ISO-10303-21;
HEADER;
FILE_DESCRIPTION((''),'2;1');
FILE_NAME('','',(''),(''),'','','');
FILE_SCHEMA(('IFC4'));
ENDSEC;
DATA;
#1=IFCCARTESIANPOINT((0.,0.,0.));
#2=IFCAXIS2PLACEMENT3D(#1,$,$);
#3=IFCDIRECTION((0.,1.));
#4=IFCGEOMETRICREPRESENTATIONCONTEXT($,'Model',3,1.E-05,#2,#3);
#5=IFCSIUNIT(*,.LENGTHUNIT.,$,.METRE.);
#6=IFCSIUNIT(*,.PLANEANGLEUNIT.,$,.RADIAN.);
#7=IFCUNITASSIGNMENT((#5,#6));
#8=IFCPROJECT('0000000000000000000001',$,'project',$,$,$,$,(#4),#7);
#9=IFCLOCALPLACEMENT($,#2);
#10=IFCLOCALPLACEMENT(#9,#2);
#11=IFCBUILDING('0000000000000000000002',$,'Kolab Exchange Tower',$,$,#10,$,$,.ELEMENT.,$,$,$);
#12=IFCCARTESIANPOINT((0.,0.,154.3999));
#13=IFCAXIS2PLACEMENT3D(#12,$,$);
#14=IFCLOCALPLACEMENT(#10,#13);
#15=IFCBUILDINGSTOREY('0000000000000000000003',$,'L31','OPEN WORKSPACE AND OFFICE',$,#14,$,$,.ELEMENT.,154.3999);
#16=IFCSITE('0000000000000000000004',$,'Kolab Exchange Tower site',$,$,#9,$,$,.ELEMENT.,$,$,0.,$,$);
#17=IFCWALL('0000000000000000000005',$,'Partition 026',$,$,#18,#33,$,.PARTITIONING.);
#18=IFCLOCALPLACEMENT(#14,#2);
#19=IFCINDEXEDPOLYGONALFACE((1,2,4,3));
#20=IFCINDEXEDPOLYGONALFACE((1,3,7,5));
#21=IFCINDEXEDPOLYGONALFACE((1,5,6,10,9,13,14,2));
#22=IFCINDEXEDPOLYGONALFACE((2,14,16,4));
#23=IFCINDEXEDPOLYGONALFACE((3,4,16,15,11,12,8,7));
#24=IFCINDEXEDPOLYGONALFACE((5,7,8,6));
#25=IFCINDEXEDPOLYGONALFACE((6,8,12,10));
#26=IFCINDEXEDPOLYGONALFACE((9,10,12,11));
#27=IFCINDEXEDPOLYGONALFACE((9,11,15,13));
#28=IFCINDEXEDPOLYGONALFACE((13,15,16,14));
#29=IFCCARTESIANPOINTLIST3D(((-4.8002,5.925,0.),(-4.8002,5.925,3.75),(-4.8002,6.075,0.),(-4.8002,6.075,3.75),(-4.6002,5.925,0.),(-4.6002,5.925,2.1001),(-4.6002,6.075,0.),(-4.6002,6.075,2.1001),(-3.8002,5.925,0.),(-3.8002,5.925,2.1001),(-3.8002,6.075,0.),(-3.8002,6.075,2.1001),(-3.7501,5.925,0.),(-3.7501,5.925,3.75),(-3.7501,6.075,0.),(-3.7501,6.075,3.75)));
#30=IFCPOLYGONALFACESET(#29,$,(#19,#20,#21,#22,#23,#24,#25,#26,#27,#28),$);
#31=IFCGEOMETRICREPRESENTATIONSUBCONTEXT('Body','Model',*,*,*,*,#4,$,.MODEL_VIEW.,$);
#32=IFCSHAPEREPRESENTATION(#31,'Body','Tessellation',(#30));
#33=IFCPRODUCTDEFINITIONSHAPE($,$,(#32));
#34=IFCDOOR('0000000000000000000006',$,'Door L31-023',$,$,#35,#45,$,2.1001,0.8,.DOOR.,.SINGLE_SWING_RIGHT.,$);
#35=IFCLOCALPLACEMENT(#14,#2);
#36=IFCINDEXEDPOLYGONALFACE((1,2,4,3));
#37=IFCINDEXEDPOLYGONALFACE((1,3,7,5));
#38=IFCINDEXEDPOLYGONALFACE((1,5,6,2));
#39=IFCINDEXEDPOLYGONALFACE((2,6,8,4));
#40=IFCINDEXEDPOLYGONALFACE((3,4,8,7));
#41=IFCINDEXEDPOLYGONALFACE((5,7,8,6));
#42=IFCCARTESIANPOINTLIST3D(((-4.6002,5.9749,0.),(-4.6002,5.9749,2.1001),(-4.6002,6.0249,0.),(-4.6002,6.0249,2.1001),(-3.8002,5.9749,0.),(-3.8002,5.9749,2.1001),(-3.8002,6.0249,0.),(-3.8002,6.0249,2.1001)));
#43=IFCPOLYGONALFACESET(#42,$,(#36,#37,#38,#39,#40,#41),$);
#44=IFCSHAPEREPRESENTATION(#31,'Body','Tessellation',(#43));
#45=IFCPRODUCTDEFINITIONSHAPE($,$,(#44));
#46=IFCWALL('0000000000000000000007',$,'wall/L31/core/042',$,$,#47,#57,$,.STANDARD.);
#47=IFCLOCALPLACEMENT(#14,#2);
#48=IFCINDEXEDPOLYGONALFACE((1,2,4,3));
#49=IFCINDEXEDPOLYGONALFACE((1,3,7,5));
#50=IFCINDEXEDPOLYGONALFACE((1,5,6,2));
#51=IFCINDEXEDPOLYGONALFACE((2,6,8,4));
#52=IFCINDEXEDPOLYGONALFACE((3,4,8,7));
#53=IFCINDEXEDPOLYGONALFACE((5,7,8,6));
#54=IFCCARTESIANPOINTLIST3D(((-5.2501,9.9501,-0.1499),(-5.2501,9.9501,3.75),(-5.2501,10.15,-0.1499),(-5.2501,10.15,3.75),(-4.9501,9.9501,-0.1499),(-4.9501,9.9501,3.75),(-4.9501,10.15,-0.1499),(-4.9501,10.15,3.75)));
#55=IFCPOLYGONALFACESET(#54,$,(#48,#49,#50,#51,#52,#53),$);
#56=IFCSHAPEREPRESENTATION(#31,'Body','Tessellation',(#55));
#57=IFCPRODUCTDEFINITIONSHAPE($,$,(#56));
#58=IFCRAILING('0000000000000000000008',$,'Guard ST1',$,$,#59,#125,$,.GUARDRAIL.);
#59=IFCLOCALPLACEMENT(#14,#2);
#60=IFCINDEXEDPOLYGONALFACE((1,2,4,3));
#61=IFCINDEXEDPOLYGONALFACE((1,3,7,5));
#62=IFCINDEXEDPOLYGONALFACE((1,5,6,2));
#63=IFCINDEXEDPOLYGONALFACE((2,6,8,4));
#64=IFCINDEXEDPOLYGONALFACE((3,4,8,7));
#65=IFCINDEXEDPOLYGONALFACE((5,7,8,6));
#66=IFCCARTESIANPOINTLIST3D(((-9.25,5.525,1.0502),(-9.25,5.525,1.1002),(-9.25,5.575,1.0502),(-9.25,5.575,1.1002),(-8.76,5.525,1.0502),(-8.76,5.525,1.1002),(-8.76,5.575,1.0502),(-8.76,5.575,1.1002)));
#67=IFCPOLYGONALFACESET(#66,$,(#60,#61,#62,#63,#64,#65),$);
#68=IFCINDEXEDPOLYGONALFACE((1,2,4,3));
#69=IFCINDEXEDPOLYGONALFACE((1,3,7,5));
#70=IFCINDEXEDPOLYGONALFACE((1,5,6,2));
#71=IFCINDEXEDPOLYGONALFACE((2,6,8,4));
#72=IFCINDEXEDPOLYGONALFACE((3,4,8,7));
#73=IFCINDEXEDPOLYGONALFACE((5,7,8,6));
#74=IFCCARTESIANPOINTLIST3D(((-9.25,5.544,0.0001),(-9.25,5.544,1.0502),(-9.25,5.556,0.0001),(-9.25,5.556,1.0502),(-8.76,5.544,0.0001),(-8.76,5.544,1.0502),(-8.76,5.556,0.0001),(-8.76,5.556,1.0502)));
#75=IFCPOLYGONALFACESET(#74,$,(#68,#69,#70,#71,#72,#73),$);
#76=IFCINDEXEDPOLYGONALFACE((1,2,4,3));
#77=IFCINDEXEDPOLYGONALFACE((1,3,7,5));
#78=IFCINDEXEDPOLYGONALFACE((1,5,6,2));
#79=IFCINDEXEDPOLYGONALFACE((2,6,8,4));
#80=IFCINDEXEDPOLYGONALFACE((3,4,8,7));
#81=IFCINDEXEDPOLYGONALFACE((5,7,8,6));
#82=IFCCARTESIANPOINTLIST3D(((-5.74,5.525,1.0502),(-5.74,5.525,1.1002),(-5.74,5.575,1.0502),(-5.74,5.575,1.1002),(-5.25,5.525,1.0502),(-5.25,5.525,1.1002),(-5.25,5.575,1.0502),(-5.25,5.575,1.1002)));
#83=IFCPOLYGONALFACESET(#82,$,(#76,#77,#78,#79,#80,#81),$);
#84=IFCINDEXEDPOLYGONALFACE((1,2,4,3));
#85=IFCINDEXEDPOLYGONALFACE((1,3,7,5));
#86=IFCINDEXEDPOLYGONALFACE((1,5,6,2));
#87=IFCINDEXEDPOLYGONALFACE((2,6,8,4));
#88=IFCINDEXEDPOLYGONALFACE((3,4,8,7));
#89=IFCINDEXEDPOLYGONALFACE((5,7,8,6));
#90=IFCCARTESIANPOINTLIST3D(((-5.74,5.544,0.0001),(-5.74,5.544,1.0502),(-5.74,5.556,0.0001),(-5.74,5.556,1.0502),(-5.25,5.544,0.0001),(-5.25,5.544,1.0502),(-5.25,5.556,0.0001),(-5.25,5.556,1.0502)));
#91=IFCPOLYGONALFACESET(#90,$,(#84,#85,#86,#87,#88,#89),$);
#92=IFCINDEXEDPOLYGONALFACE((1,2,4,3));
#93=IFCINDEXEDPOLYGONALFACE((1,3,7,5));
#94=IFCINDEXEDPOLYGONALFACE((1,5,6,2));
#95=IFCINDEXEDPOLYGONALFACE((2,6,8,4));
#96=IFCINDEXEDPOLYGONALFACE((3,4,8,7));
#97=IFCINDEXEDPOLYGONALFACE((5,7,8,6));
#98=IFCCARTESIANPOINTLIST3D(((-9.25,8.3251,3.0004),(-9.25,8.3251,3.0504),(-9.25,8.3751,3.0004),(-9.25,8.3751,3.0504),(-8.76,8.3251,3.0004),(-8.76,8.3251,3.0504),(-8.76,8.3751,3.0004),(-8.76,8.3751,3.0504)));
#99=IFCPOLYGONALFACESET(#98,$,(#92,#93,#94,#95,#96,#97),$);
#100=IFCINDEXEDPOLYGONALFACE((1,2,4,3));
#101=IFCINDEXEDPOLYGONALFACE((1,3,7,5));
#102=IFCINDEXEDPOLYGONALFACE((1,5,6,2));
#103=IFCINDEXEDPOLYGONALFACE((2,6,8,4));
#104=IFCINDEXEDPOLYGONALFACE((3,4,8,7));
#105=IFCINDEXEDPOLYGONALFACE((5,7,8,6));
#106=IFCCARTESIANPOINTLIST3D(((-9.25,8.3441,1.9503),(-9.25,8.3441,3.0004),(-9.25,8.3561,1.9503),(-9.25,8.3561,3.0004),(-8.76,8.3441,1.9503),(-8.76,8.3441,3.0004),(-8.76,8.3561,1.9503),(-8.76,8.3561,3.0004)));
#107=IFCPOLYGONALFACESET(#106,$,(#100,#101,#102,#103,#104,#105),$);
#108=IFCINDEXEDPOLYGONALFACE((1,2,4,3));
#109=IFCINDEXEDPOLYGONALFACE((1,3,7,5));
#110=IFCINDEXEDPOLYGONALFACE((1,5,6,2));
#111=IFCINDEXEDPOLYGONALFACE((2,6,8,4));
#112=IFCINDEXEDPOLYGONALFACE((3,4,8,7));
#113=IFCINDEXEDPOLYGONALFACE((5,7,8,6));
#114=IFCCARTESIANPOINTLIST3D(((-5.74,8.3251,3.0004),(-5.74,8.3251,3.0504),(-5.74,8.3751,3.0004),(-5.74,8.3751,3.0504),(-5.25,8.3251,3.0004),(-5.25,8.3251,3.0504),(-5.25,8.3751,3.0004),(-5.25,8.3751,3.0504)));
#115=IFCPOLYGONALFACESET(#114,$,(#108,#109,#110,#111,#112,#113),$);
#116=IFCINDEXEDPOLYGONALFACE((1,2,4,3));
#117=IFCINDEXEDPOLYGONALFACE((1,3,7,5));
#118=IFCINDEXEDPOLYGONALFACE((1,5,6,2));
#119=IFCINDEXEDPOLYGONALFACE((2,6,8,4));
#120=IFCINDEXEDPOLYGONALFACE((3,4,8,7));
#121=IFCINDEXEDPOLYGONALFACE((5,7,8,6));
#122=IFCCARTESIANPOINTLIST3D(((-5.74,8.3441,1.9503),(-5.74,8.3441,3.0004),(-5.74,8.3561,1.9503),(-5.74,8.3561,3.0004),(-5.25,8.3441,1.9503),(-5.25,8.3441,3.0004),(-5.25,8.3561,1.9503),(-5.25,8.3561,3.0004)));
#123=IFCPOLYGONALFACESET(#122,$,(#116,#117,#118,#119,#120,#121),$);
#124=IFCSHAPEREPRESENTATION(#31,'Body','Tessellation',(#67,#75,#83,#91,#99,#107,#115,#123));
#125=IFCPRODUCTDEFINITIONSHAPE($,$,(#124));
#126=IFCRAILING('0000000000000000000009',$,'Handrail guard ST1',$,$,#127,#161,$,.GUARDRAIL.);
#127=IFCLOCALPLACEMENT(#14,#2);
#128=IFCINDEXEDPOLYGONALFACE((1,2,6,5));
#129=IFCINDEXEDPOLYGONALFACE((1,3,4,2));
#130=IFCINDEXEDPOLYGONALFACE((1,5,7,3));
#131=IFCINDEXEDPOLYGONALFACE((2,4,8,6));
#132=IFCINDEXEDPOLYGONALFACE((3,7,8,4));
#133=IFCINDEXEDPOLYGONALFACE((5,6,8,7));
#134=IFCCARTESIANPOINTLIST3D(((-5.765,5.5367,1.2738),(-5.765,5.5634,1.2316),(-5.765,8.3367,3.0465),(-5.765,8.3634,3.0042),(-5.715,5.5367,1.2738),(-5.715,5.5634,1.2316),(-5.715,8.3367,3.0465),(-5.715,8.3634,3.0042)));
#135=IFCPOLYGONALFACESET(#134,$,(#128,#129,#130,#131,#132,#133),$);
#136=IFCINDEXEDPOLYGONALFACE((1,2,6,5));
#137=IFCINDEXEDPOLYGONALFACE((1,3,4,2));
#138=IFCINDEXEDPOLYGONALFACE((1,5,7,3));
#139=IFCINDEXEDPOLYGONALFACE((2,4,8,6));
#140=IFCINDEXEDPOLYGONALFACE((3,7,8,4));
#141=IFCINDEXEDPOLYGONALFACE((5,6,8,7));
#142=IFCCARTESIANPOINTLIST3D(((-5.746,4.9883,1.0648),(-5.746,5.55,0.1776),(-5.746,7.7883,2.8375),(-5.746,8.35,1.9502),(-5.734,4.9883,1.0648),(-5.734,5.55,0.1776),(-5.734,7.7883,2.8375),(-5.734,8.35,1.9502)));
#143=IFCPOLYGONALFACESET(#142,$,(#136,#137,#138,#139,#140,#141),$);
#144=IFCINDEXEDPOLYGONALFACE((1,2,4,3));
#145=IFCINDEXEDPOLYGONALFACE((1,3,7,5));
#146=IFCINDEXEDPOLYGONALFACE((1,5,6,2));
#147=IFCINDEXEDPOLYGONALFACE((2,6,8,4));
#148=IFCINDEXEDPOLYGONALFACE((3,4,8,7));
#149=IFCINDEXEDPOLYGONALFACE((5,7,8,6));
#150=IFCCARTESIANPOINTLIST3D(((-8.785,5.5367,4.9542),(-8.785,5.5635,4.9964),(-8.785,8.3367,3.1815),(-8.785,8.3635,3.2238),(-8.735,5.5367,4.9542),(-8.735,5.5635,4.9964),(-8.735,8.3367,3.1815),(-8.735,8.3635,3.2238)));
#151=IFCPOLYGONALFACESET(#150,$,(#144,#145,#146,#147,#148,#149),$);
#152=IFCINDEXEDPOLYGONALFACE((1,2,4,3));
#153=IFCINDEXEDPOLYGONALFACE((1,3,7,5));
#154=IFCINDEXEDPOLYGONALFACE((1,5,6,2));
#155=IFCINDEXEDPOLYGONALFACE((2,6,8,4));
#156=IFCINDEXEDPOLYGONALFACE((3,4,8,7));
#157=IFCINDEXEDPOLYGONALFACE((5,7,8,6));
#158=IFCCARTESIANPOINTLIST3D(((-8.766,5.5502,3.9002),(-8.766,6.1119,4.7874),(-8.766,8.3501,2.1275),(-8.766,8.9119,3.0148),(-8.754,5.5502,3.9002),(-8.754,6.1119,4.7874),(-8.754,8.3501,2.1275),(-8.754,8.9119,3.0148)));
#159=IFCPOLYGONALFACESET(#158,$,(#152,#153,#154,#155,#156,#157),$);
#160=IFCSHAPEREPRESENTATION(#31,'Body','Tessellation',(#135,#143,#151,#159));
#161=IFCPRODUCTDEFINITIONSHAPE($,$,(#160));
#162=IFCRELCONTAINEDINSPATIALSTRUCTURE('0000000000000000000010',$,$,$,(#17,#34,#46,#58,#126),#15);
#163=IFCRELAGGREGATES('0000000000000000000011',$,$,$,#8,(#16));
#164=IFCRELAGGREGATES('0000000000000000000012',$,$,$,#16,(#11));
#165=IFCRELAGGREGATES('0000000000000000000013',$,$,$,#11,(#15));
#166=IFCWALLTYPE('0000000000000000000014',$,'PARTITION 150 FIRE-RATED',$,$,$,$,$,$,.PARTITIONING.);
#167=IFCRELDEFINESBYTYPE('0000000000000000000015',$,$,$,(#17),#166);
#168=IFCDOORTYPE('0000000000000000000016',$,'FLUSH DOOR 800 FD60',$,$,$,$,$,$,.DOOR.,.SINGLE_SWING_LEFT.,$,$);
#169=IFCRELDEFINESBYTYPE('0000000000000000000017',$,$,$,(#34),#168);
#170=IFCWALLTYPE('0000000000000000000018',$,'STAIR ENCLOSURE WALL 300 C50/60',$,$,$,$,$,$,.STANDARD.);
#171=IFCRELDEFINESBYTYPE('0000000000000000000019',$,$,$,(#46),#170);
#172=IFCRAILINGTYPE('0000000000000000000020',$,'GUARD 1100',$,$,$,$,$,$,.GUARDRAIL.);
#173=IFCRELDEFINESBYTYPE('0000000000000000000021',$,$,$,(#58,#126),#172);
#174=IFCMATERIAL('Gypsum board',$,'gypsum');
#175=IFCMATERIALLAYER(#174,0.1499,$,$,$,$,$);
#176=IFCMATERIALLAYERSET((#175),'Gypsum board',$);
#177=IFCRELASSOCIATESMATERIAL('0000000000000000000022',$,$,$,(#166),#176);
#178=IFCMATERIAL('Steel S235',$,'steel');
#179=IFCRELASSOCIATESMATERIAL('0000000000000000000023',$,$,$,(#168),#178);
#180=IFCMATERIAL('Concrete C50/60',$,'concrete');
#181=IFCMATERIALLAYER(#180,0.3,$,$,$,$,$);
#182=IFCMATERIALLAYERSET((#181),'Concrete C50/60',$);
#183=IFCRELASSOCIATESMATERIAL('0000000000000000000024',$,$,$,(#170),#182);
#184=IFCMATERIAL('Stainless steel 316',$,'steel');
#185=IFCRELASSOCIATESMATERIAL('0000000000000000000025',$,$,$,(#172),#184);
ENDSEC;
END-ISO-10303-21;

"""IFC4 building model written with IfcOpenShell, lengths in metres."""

from ifc_helpers import new_model, si_unit, direction, frame, frame_2d, origin, origin_2d, place, context, subcontext, project, spatial, rectangle, extrude, material, layer, layer_set, type_object, element, fill, save


model = new_model("IFC4")

# Units and contexts
model_context = context("Model", 3, precision=1e-05, world=origin(), true_north=direction((0.0, 1.0)))
body_context = subcontext(model_context, "Body", "Model", "MODEL_VIEW")
ifc_project = project(units=[si_unit("LENGTHUNIT", "METRE"), si_unit("PLANEANGLEUNIT", "RADIAN")], contexts=[model_context])

# Site, building, storey
site_placement = place(None, origin())
site = spatial("IfcSite", under=ifc_project, at=site_placement, Name="Kolab Exchange Tower site", CompositionType="ELEMENT", RefElevation=0.0)
building_placement = place(site_placement, origin())
building = spatial("IfcBuilding", under=site, at=building_placement, Name="Kolab Exchange Tower", CompositionType="ELEMENT")
storey_placement = place(building_placement, frame((0.0, 0.0, 154.3999)))
storey = spatial("IfcBuildingStorey", under=building, at=storey_placement, Name="L31", Description="OPEN WORKSPACE AND OFFICE", CompositionType="ELEMENT", Elevation=154.3999)

# Shared definitions
ifc_material_1 = material(Name="Steel S235", Category="steel")
ifc_material_2 = material(Name="Concrete C50/60", Category="concrete")
ifc_material_3 = material(Name="Stainless steel 316", Category="steel")

# Shared definitions
ifc_material_4 = material(Name="Gypsum board", Category="gypsum")
ifc_layer_1 = layer(ifc_material_4, 0.1499)
ifc_layer_set_1 = layer_set([ifc_layer_1], Name="Gypsum board")
wall_type_1 = type_object("IfcWallType", Name="PARTITION 150 FIRE-RATED", PredefinedType="PARTITIONING", material=ifc_layer_set_1)

# Wall, opening, door
wall_1_placement = place(storey_placement, frame((-4.8, 6.0, 0.0), z_axis=(0.0, 0.0, 1.0), x_axis=(1.0, 0.0, 0.0)))
wall_1 = element("IfcWall", 1, at=wall_1_placement, inside=storey, type_object=wall_type_1, Name="Partition 026", PredefinedType="PARTITIONING", context=body_context, shape_type="SweptSolid", body=[
    extrude(rectangle(XDim=1.05, YDim=0.1499, at=frame_2d((0.5249, 0.0))), origin(), (0.0, 0.0, 1.0), 3.75),
])
opening_1_placement = place(wall_1_placement, frame((0.2, 0.0, 0.0)))
opening_1 = element("IfcOpeningElement", 2, at=opening_1_placement, cuts=wall_1, PredefinedType="OPENING", context=body_context, shape_type="SweptSolid", body=[
    extrude(rectangle(XDim=0.8, YDim=2.1001, at=frame_2d((0.3999, 1.05))), frame((0.0, 0.085, 0.0), z_axis=(0.0, -1.0, 0.0), x_axis=(1.0, 0.0, 0.0)), (0.0, 0.0, 1.0), 0.1699),
])
door_type_1 = type_object("IfcDoorType", Name="FLUSH DOOR 800 FD60", OperationType="SINGLE_SWING_LEFT", PredefinedType="DOOR", material=ifc_material_1)
door_1_placement = place(opening_1_placement, origin())
door_1 = element("IfcDoor", 3, at=door_1_placement, inside=storey, type_object=door_type_1, Name="Door L31-023", OperationType="SINGLE_SWING_RIGHT", OverallHeight=2.1001, OverallWidth=0.8, PredefinedType="DOOR", context=body_context, shape_type="SweptSolid", body=[
    extrude(rectangle(XDim=0.8, YDim=2.1001, at=frame_2d((0.3999, 1.05))), frame((0.0, 0.0249, 0.0), z_axis=(0.0, -1.0, 0.0), x_axis=(1.0, 0.0, 0.0)), (0.0, 0.0, 1.0), 0.05),
])
fill(opening_1, door_1)

# Wall
ifc_layer_2 = layer(ifc_material_2, 0.3)
ifc_layer_set_2 = layer_set([ifc_layer_2], Name="Concrete C50/60")
wall_type_2 = type_object("IfcWallType", Name="STAIR ENCLOSURE WALL 300 C50/60", PredefinedType="STANDARD", material=ifc_layer_set_2)
wall_2_placement = place(storey_placement, frame((-5.1001, 9.95, -0.1499), z_axis=(0.0, 0.0, 1.0), x_axis=(0.0, 1.0, 0.0)))
element("IfcWall", 4, at=wall_2_placement, inside=storey, type_object=wall_type_2, Name="wall/L31/core/042", PredefinedType="STANDARD", context=body_context, shape_type="SweptSolid", body=[
    extrude(rectangle(XDim=0.2, YDim=0.3, at=frame_2d((0.1001, 0.0))), origin(), (0.0, 0.0, 1.0), 3.8999),
])

# Railings
railing_type = type_object("IfcRailingType", Name="GUARD 1100", PredefinedType="GUARDRAIL", material=ifc_material_3)
railing_1_placement = place(storey_placement, frame((-9.25, 5.55, 0.0)))
element("IfcRailing", 5, at=railing_1_placement, inside=storey, type_object=railing_type, Name="Guard ST1", PredefinedType="GUARDRAIL", context=body_context, shape_type="SweptSolid", body=[
    extrude(rectangle(XDim=0.05, YDim=0.05, at=origin_2d()), frame((0.0, 0.0, 1.0752), z_axis=(1.0, 0.0, 0.0), x_axis=(0.0, 1.0, 0.0)), (0.0, 0.0, 1.0), 0.49),
    extrude(rectangle(XDim=0.012, YDim=1.0501, at=frame_2d((0.0, 0.5251))), frame((0.0, 0.0, 0.0), z_axis=(1.0, 0.0, 0.0), x_axis=(0.0, 1.0, 0.0)), (0.0, 0.0, 1.0), 0.49),
    extrude(rectangle(XDim=0.05, YDim=0.05, at=origin_2d()), frame((3.51, 0.0, 1.0752), z_axis=(1.0, 0.0, 0.0), x_axis=(0.0, 1.0, 0.0)), (0.0, 0.0, 1.0), 0.49),
    extrude(rectangle(XDim=0.012, YDim=1.0501, at=frame_2d((0.0, 0.5251))), frame((3.51, 0.0, 0.0), z_axis=(1.0, 0.0, 0.0), x_axis=(0.0, 1.0, 0.0)), (0.0, 0.0, 1.0), 0.49),
    extrude(rectangle(XDim=0.05, YDim=0.05, at=origin_2d()), frame((0.0, 2.8, 3.0254), z_axis=(1.0, 0.0, 0.0), x_axis=(0.0, 1.0, 0.0)), (0.0, 0.0, 1.0), 0.49),
    extrude(rectangle(XDim=0.012, YDim=1.0501, at=frame_2d((0.0, 0.5251))), frame((0.0, 2.8, 1.9502), z_axis=(1.0, 0.0, 0.0), x_axis=(0.0, 1.0, 0.0)), (0.0, 0.0, 1.0), 0.49),
    extrude(rectangle(XDim=0.05, YDim=0.05, at=origin_2d()), frame((3.51, 2.8, 3.0254), z_axis=(1.0, 0.0, 0.0), x_axis=(0.0, 1.0, 0.0)), (0.0, 0.0, 1.0), 0.49),
    extrude(rectangle(XDim=0.012, YDim=1.0501, at=frame_2d((0.0, 0.5251))), frame((3.51, 2.8, 1.9502), z_axis=(1.0, 0.0, 0.0), x_axis=(0.0, 1.0, 0.0)), (0.0, 0.0, 1.0), 0.49),
])
railing_2_placement = place(storey_placement, frame((-5.74, 5.55, 0.1775)))
element("IfcRailing", 6, at=railing_2_placement, inside=storey, type_object=railing_type, Name="Handrail guard ST1", PredefinedType="GUARDRAIL", context=body_context, shape_type="SweptSolid", body=[
    extrude(rectangle(XDim=0.05, YDim=0.05, at=origin_2d()), frame((0.0, 0.0, 1.0752), z_axis=(0.0, 0.844909, 0.53491), x_axis=(-1.0, 0.0, 0.0)), (0.0, 0.0, 1.0), 3.314),
    extrude(rectangle(XDim=0.012, YDim=1.0501, at=frame_2d((0.0, 0.5251))), frame((0.0, 0.0, 0.0), z_axis=(0.0, 0.844909, 0.53491), x_axis=(-1.0, 0.0, 0.0)), (0.0, 0.0, 1.0), 3.314),
    extrude(rectangle(XDim=0.05, YDim=0.05, at=origin_2d()), frame((-3.02, 2.8, 3.0251), z_axis=(0.0, -0.844909, 0.53491), x_axis=(1.0, 0.0, 0.0)), (0.0, 0.0, 1.0), 3.314),
    extrude(rectangle(XDim=0.012, YDim=1.0501, at=frame_2d((0.0, 0.5251))), frame((-3.02, 2.8, 1.95), z_axis=(0.0, -0.844909, 0.53491), x_axis=(1.0, 0.0, 0.0)), (0.0, 0.0, 1.0), 3.314),
])

save(model, "model.ifc")
